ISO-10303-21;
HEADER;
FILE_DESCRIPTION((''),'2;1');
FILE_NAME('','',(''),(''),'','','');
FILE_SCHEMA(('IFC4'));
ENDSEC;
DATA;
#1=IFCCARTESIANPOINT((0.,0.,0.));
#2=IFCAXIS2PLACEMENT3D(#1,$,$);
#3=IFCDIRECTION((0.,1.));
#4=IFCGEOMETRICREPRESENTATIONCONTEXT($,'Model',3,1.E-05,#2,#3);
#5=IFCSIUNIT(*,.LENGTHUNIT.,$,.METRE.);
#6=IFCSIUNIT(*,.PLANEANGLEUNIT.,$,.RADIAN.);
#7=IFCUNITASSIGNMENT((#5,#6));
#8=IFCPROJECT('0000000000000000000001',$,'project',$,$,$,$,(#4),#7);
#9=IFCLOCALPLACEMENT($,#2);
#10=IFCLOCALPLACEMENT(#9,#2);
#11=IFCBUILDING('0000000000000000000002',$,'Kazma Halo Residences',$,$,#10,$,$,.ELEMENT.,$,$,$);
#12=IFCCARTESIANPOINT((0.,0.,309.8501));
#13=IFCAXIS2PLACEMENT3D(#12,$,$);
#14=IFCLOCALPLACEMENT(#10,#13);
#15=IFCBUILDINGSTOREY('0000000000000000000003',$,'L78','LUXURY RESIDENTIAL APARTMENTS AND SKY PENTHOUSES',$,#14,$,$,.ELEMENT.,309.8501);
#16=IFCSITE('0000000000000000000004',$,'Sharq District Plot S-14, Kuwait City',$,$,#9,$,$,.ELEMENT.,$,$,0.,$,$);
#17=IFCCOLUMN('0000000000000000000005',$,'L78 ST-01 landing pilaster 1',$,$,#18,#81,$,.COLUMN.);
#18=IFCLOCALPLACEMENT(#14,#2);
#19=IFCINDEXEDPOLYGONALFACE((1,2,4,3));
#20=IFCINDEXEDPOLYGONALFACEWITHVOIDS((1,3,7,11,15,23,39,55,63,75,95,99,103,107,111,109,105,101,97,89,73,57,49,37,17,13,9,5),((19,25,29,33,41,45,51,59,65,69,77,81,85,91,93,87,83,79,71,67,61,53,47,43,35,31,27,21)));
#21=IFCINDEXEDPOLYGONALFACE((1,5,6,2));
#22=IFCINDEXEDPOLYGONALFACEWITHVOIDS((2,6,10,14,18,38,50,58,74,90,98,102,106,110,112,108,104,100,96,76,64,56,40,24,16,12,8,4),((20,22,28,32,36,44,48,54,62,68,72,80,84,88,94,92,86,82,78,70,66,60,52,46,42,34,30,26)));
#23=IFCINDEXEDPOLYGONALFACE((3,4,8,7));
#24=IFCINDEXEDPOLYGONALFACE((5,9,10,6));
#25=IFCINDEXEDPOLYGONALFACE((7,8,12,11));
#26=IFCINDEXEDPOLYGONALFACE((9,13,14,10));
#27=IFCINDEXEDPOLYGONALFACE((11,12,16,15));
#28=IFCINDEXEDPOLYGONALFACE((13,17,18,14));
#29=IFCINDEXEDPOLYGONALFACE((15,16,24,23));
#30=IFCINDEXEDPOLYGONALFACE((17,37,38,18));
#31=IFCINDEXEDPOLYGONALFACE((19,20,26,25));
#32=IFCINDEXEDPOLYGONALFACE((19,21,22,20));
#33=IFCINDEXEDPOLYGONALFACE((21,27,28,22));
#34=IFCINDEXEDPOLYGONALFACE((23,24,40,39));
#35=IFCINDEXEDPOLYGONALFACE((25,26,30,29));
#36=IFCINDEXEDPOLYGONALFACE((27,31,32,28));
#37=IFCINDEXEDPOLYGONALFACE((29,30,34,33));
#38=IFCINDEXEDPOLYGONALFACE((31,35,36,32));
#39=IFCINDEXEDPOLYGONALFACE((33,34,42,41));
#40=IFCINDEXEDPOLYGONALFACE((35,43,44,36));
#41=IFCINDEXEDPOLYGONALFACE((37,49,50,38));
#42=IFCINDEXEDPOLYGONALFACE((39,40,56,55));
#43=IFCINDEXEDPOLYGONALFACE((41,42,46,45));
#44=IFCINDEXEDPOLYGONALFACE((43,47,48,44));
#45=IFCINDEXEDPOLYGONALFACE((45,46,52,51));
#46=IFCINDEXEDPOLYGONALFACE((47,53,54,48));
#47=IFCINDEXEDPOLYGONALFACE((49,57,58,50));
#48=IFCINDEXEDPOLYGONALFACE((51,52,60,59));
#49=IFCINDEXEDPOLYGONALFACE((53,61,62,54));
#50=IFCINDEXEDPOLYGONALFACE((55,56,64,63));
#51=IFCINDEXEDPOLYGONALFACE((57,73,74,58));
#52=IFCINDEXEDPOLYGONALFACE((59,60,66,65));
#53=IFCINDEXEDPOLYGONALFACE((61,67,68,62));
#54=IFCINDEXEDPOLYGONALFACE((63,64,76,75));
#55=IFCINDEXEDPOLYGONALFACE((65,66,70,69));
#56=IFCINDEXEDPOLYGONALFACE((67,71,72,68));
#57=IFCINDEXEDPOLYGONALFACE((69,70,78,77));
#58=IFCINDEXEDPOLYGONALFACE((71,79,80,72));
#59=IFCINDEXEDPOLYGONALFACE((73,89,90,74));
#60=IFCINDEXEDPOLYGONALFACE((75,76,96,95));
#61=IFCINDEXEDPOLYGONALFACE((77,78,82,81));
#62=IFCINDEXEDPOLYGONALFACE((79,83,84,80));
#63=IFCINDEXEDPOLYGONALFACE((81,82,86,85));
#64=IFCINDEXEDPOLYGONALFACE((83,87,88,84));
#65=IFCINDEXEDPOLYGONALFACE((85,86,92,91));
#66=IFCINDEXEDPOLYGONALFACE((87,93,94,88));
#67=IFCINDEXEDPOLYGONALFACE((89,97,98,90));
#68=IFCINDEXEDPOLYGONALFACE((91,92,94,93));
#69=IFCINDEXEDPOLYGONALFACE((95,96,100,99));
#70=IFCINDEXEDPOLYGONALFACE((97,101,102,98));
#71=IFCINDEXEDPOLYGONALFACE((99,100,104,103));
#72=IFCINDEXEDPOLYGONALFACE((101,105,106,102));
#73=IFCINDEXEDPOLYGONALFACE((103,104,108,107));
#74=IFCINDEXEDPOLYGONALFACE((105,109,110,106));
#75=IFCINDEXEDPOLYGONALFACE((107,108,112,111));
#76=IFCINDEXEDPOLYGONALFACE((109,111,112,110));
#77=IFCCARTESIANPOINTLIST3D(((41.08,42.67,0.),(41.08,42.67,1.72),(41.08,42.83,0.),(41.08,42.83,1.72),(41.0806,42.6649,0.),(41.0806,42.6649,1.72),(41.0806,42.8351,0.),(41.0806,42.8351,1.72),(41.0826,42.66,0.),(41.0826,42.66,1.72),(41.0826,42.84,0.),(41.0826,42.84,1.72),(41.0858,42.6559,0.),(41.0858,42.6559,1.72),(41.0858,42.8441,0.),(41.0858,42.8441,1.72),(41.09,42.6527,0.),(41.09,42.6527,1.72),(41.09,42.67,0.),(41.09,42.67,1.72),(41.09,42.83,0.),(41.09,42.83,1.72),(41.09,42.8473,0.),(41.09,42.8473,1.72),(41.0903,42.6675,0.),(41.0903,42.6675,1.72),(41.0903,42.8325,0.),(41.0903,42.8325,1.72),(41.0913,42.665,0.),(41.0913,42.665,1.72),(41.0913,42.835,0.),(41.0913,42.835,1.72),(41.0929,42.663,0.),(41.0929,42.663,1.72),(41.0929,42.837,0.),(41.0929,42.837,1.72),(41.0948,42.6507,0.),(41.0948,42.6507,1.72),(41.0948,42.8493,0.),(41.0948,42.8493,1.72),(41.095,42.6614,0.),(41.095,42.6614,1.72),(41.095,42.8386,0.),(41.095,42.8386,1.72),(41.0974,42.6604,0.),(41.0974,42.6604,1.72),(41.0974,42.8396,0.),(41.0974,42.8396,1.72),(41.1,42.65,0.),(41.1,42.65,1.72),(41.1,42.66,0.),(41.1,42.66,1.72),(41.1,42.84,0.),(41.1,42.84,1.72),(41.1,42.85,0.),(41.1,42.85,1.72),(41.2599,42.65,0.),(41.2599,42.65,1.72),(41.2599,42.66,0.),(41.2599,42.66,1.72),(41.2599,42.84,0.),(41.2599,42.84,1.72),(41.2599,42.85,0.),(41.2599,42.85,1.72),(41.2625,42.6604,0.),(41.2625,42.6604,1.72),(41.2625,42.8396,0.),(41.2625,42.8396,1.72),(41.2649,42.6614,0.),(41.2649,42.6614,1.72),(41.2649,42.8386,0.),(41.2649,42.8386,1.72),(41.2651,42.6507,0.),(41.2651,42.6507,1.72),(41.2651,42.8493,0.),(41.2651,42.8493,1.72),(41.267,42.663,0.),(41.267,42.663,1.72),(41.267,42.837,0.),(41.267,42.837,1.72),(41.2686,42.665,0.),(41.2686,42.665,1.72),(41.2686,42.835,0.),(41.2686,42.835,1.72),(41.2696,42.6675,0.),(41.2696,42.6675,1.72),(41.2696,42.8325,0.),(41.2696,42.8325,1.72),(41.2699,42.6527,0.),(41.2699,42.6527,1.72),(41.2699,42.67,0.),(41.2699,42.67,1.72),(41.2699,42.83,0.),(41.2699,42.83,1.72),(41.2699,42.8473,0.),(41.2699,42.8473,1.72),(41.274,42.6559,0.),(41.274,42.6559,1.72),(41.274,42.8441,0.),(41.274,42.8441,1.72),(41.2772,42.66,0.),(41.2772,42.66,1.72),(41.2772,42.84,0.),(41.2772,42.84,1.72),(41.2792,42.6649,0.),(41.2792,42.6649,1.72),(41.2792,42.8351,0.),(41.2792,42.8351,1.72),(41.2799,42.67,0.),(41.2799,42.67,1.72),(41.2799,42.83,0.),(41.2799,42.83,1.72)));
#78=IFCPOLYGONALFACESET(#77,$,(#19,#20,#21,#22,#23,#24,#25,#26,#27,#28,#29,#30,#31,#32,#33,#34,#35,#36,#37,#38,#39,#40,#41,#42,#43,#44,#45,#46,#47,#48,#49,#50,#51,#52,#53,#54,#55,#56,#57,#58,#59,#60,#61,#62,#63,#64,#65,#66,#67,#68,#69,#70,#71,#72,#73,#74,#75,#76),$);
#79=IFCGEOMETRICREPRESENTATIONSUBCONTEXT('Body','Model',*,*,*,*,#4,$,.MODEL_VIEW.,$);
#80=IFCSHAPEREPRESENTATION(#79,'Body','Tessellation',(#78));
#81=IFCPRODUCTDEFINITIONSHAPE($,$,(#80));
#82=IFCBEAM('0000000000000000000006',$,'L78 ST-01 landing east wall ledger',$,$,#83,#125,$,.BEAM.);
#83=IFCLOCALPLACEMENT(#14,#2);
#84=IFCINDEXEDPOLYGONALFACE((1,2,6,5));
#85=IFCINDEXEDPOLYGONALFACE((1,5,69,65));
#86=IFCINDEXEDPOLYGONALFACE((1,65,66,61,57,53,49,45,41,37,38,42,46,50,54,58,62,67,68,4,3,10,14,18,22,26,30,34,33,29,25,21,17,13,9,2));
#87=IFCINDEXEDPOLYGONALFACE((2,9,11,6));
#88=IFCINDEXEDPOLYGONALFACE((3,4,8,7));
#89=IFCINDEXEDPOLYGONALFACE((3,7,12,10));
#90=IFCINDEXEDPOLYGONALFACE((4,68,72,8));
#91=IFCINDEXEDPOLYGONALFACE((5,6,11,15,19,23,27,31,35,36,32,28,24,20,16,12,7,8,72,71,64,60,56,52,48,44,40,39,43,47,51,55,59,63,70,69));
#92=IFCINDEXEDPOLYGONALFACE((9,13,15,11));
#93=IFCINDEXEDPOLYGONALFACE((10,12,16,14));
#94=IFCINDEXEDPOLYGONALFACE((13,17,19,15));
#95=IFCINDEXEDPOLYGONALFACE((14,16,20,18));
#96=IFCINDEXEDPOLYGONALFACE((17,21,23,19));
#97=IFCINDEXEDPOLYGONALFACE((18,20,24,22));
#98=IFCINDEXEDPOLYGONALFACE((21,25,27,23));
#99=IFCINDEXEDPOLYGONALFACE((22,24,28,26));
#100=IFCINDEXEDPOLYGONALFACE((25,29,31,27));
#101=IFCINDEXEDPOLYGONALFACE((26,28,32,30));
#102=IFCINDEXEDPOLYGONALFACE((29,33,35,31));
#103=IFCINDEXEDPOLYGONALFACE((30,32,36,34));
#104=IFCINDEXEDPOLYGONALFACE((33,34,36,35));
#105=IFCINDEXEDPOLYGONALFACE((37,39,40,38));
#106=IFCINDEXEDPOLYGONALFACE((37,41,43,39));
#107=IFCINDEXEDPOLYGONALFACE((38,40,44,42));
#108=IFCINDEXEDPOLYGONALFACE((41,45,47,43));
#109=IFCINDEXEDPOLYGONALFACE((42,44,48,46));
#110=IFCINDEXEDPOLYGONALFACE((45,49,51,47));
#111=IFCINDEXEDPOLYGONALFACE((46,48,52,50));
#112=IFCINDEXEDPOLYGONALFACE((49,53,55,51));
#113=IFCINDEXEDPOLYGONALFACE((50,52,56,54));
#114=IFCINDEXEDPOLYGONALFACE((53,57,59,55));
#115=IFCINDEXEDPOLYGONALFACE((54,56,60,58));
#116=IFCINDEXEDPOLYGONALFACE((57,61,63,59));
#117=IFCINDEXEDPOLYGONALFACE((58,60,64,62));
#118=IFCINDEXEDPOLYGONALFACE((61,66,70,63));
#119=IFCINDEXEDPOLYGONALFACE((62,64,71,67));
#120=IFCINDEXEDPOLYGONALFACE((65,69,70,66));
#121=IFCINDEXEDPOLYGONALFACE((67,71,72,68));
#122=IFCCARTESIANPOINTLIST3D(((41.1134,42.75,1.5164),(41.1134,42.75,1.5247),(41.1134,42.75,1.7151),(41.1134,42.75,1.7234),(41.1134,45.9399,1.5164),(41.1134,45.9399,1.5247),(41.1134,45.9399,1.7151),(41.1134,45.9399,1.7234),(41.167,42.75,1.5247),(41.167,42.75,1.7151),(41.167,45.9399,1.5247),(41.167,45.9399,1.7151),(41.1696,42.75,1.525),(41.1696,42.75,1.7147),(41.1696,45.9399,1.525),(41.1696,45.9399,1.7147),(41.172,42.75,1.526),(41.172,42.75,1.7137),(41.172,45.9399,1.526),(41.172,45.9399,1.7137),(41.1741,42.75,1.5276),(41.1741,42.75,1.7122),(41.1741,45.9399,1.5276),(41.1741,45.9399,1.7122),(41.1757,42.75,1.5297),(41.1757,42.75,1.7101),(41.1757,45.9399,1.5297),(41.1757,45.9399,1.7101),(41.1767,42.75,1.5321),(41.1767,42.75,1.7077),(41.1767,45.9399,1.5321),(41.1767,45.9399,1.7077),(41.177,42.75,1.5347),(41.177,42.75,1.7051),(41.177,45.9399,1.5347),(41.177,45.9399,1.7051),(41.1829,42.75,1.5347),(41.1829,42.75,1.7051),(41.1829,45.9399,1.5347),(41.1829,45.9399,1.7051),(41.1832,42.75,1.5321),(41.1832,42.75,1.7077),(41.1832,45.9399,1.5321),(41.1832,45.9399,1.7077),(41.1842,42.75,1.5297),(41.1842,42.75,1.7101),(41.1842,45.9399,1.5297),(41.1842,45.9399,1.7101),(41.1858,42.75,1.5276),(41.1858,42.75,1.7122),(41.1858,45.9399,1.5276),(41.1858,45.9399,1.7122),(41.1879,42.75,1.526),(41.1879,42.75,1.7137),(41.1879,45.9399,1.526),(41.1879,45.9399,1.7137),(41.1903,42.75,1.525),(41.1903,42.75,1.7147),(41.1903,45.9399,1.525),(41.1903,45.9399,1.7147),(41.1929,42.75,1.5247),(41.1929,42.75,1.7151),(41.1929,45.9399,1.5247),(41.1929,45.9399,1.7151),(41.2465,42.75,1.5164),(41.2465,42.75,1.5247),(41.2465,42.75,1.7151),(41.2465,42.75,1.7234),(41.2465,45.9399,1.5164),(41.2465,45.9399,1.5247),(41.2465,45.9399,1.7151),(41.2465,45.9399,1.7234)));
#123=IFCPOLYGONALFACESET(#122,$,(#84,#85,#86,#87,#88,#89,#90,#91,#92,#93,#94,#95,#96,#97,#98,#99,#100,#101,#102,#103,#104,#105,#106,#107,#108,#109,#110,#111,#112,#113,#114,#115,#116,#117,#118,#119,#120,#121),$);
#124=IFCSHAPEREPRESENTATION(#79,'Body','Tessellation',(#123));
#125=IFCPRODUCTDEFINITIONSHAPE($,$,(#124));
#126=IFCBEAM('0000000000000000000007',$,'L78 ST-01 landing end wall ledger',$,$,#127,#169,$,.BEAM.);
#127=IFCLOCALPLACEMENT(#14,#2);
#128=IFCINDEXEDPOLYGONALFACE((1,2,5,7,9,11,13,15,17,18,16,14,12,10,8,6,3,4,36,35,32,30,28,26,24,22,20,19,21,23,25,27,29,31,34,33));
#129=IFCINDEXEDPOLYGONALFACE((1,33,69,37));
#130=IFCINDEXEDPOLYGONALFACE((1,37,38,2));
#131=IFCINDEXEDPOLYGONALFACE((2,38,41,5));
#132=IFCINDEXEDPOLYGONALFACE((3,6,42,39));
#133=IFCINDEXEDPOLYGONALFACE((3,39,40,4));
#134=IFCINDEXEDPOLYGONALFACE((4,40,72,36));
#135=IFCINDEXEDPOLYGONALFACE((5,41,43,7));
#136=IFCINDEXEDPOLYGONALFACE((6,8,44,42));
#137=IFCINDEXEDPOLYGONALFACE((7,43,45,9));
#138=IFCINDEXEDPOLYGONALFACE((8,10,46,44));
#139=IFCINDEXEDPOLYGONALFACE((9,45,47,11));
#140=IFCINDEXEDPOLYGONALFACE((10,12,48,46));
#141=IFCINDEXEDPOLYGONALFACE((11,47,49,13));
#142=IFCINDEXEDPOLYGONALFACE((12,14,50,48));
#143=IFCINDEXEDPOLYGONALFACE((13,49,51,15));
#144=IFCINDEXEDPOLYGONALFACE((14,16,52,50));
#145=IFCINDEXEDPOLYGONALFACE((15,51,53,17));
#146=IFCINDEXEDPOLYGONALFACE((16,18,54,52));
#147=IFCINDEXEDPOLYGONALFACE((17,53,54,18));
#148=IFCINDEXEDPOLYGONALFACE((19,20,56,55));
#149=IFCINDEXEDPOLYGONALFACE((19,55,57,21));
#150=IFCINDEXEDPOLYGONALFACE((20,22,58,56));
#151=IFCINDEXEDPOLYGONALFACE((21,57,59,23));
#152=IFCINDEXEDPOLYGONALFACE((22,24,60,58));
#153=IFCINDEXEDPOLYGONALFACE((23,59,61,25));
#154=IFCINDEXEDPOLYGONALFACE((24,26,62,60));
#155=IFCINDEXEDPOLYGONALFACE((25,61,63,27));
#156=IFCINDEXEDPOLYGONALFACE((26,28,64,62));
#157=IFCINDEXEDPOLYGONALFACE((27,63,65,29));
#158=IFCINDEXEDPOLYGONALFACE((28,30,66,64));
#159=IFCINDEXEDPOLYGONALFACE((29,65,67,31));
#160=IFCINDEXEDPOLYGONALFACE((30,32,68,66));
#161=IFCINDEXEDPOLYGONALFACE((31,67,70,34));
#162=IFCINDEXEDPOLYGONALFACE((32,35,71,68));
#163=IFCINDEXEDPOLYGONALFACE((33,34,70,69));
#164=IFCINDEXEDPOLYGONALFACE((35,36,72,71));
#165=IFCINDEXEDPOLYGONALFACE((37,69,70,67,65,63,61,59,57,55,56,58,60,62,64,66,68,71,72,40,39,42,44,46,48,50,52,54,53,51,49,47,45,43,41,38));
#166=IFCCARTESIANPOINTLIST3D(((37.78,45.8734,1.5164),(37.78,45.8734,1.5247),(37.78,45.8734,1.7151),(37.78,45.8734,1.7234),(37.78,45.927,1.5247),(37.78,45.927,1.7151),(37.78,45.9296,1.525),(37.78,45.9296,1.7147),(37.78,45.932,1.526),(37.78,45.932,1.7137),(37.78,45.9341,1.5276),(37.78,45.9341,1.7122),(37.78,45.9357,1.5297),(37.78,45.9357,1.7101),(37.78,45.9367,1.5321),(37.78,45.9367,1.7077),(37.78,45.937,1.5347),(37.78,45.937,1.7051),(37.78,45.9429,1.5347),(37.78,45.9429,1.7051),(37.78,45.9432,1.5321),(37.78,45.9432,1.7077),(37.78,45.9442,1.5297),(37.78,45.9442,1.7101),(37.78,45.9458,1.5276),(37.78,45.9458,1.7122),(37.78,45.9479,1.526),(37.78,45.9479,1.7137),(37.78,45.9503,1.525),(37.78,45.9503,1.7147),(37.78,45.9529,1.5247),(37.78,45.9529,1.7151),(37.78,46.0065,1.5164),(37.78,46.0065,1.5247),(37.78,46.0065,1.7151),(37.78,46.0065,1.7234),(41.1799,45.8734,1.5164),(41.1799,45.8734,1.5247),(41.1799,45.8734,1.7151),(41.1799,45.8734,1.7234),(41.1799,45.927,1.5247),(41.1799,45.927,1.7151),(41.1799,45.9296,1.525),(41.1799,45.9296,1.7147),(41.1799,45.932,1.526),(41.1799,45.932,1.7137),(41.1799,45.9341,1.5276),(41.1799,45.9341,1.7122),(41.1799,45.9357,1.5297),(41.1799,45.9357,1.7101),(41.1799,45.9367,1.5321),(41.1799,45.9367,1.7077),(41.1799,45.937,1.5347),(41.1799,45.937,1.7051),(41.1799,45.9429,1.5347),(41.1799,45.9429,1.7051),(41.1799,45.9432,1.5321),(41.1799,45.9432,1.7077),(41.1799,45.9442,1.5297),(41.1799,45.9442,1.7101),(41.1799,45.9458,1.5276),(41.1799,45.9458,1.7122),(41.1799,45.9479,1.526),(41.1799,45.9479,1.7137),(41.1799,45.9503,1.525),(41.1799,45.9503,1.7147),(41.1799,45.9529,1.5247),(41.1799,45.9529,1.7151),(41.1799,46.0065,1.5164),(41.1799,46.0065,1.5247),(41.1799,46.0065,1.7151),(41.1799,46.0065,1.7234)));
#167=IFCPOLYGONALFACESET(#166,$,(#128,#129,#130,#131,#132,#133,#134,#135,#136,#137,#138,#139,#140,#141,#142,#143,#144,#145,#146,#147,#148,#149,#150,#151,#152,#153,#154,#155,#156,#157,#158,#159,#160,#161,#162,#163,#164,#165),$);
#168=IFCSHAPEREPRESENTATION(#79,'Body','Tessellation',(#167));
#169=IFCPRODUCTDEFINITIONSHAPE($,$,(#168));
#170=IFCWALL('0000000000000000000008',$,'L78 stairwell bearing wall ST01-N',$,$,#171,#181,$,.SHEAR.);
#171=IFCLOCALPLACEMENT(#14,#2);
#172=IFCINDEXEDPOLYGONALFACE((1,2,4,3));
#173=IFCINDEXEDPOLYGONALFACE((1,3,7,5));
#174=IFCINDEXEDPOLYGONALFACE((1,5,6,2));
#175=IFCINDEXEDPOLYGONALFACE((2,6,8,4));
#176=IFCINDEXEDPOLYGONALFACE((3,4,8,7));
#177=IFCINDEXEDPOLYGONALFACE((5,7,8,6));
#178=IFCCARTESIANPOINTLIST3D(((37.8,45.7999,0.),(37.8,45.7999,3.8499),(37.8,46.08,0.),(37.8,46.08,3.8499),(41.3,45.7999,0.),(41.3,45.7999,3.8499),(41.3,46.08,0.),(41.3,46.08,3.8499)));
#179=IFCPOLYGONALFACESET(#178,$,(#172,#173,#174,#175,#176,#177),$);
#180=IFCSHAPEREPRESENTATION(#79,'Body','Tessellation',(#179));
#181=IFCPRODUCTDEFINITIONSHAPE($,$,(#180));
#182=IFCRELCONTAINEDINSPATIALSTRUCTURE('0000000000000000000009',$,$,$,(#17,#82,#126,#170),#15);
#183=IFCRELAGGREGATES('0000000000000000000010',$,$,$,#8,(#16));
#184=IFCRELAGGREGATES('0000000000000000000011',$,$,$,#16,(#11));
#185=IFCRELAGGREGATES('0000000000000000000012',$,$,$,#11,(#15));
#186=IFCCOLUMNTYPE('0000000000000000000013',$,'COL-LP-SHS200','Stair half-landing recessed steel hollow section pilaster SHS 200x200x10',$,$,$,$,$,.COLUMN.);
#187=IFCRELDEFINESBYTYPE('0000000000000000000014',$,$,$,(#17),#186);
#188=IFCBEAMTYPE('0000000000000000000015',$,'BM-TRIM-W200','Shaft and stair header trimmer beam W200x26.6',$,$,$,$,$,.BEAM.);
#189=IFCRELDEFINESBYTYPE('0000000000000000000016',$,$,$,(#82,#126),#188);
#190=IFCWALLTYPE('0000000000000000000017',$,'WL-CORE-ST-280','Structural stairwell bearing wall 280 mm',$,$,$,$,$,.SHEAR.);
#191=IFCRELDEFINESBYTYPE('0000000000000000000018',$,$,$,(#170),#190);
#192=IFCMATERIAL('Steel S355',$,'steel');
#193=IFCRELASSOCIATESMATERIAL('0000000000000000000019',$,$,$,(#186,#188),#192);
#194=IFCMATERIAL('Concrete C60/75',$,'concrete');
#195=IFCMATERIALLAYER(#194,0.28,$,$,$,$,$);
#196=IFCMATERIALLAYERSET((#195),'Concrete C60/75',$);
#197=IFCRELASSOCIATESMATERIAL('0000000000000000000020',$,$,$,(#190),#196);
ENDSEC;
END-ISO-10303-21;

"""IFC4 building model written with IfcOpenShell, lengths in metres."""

from ifc_helpers import new_model, si_unit, direction, frame, frame_2d, origin, origin_2d, place, context, subcontext, project, spatial, rectangle, hollow_rectangle, i_section, extrude, material, layer, layer_set, material_profile, profile_set, type_object, element, save


model = new_model("IFC4")

# Units and contexts
model_context = context("Model", 3, precision=1e-05, world=origin(), true_north=direction((0.0, 1.0)))
body_context = subcontext(model_context, "Body", "Model", "MODEL_VIEW")
ifc_project = project(units=[si_unit("LENGTHUNIT", "METRE"), si_unit("PLANEANGLEUNIT", "RADIAN")], contexts=[model_context])

# Site, building, storey
site_placement = place(None, origin())
site = spatial("IfcSite", under=ifc_project, at=site_placement, Name="Sharq District Plot S-14, Kuwait City", CompositionType="ELEMENT", RefElevation=0.0)
building_placement = place(site_placement, origin())
building = spatial("IfcBuilding", under=site, at=building_placement, Name="Kazma Halo Residences", CompositionType="ELEMENT")
storey_placement = place(building_placement, frame((0.0, 0.0, 309.8501)))
storey = spatial("IfcBuildingStorey", under=building, at=storey_placement, Name="L78", Description="LUXURY RESIDENTIAL APARTMENTS AND SKY PENTHOUSES", CompositionType="ELEMENT", Elevation=309.8501)

# Column
ifc_material_1 = material(Name="Steel S355", Category="steel")
ifc_material_profile_1 = material_profile(ifc_material_1, hollow_rectangle(XDim=0.2, YDim=0.2, WallThickness=0.01, InnerFilletRadius=0.01, OuterFilletRadius=0.02, at=origin_2d()), Name="SHS200x200x10")
ifc_profile_set_1 = profile_set([ifc_material_profile_1], Name="Steel S355")
column_type = type_object("IfcColumnType", Name="COL-LP-SHS200", Description="Stair half-landing recessed steel hollow section pilaster SHS 200x200x10", PredefinedType="COLUMN", material=ifc_profile_set_1)
column_placement = place(storey_placement, frame((41.1799, 42.75, 0.0), z_axis=(0.0, 0.0, 1.0), x_axis=(1.0, 0.0, 0.0)))
element("IfcColumn", 1, at=column_placement, inside=storey, type_object=column_type, Name="L78 ST-01 landing pilaster 1", PredefinedType="COLUMN", context=body_context, shape_type="SweptSolid", body=[
    extrude(hollow_rectangle(XDim=0.2, YDim=0.2, WallThickness=0.01, InnerFilletRadius=0.01, OuterFilletRadius=0.02, at=origin_2d()), origin(), (0.0, 0.0, 1.0), 1.72),
])

# Beams
ifc_material_profile_2 = material_profile(ifc_material_1, i_section(OverallWidth=0.1331, OverallDepth=0.207, WebThickness=0.0059, FlangeThickness=0.0083, FilletRadius=0.01, at=origin_2d()), Name="W200x26.6")
ifc_profile_set_2 = profile_set([ifc_material_profile_2], Name="Steel S355")
beam_type = type_object("IfcBeamType", Name="BM-TRIM-W200", Description="Shaft and stair header trimmer beam W200x26.6", PredefinedType="BEAM", material=ifc_profile_set_2)
beam_1_placement = place(storey_placement, frame((41.1799, 42.75, 1.6199), z_axis=(0.0, 1.0, 0.0), x_axis=(-1.0, 0.0, 0.0)))
element("IfcBeam", 2, at=beam_1_placement, inside=storey, type_object=beam_type, Name="L78 ST-01 landing east wall ledger", PredefinedType="BEAM", context=body_context, shape_type="SweptSolid", body=[
    extrude(i_section(OverallWidth=0.1331, OverallDepth=0.207, WebThickness=0.0059, FlangeThickness=0.0083, FilletRadius=0.01, at=origin_2d()), origin(), (0.0, 0.0, 1.0), 3.1899),
])
beam_2_placement = place(storey_placement, frame((37.78, 45.9399, 1.6199), z_axis=(1.0, 0.0, 0.0), x_axis=(0.0, 1.0, 0.0)))
element("IfcBeam", 3, at=beam_2_placement, inside=storey, type_object=beam_type, Name="L78 ST-01 landing end wall ledger", PredefinedType="BEAM", context=body_context, shape_type="SweptSolid", body=[
    extrude(i_section(OverallWidth=0.1331, OverallDepth=0.207, WebThickness=0.0059, FlangeThickness=0.0083, FilletRadius=0.01, at=origin_2d()), origin(), (0.0, 0.0, 1.0), 3.3999),
])

# Wall
ifc_material_2 = material(Name="Concrete C60/75", Category="concrete")
ifc_layer_1 = layer(ifc_material_2, 0.28)
ifc_layer_set_1 = layer_set([ifc_layer_1], Name="Concrete C60/75")
wall_type_1 = type_object("IfcWallType", Name="WL-CORE-ST-280", Description="Structural stairwell bearing wall 280 mm", PredefinedType="SHEAR", material=ifc_layer_set_1)
wall_1_placement = place(storey_placement, frame((37.8, 45.9399, 0.0), z_axis=(0.0, 0.0, 1.0), x_axis=(1.0, 0.0, 0.0)))
element("IfcWall", 4, at=wall_1_placement, inside=storey, type_object=wall_type_1, Name="L78 stairwell bearing wall ST01-N", PredefinedType="SHEAR", context=body_context, shape_type="SweptSolid", body=[
    extrude(rectangle(XDim=3.5, YDim=0.28, at=frame_2d((1.75, 0.0))), origin(), (0.0, 0.0, 1.0), 3.8499),
])

save(model, "model.ifc")
